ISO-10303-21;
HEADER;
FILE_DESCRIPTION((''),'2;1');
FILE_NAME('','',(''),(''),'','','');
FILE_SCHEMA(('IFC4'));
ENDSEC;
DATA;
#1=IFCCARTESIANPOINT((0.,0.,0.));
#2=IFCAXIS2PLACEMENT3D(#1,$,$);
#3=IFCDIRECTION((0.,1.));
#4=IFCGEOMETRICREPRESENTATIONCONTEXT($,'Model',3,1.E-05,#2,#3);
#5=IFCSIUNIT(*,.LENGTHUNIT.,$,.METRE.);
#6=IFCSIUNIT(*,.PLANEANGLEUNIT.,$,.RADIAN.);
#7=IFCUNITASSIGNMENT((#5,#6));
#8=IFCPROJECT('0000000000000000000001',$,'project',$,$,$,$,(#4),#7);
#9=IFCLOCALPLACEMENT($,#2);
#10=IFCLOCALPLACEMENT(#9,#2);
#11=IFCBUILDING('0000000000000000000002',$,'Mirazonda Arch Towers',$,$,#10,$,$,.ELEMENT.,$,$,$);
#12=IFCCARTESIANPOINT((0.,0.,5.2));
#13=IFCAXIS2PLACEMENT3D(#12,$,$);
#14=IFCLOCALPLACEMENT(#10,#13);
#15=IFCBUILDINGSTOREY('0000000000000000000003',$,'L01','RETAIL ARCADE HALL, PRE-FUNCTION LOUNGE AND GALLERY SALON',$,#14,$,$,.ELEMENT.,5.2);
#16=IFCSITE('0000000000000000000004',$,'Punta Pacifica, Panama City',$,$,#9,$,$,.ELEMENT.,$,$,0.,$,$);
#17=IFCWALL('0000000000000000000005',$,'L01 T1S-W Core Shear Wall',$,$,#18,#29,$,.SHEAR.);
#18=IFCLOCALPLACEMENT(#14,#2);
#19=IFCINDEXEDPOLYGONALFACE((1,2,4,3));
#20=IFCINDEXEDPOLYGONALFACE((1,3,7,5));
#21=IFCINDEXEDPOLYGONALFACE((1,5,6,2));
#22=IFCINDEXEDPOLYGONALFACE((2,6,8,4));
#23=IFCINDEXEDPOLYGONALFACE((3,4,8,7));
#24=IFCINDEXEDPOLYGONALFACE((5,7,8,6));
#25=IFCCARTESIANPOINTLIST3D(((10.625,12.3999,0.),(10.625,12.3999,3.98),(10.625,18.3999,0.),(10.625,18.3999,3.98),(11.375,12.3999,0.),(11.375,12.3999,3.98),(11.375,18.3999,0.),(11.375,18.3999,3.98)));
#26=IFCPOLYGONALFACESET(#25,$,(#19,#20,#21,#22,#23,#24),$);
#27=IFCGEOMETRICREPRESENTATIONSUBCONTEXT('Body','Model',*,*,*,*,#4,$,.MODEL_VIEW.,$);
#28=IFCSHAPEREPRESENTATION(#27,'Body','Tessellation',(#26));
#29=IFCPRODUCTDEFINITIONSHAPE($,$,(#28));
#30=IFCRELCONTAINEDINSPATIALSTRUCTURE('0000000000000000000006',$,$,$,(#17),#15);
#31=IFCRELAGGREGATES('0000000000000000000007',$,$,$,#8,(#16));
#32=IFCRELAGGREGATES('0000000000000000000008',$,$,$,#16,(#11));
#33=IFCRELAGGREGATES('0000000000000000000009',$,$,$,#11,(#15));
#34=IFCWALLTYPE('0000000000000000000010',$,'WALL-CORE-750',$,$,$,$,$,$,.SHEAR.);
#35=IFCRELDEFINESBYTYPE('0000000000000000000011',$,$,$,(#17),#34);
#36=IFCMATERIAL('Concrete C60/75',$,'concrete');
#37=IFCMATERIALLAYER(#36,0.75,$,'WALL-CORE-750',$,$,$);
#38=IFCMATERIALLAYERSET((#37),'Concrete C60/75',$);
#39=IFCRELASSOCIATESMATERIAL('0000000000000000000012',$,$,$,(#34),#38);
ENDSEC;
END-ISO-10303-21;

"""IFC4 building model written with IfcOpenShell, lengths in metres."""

from ifc_helpers import new_model, si_unit, direction, frame, frame_2d, origin, place, context, subcontext, project, spatial, rectangle, extrude, material, layer, layer_set, type_object, element, save


model = new_model("IFC4")

# Units and contexts
model_context = context("Model", 3, precision=1e-05, world=origin(), true_north=direction((0.0, 1.0)))
body_context = subcontext(model_context, "Body", "Model", "MODEL_VIEW")
ifc_project = project(units=[si_unit("LENGTHUNIT", "METRE"), si_unit("PLANEANGLEUNIT", "RADIAN")], contexts=[model_context])

# Site, building, storey
site_placement = place(None, origin())
site = spatial("IfcSite", under=ifc_project, at=site_placement, Name="Punta Pacifica, Panama City", CompositionType="ELEMENT", RefElevation=0.0)
building_placement = place(site_placement, origin())
building = spatial("IfcBuilding", under=site, at=building_placement, Name="Mirazonda Arch Towers", CompositionType="ELEMENT")
storey_placement = place(building_placement, frame((0.0, 0.0, 5.2)))
storey = spatial("IfcBuildingStorey", under=building, at=storey_placement, Name="L01", Description="RETAIL ARCADE HALL, PRE-FUNCTION LOUNGE AND GALLERY SALON", CompositionType="ELEMENT", Elevation=5.2)

# Shared definitions
ifc_material_1 = material(Name="Concrete C60/75", Category="concrete")

# Wall
ifc_layer_1 = layer(ifc_material_1, 0.75, Name="WALL-CORE-750")
ifc_layer_set_1 = layer_set([ifc_layer_1], Name="Concrete C60/75")
wall_type_1 = type_object("IfcWallType", Name="WALL-CORE-750", PredefinedType="SHEAR", material=ifc_layer_set_1)
wall_1_placement = place(storey_placement, frame((11.0, 12.3999, 0.0), z_axis=(0.0, 0.0, 1.0), x_axis=(0.0, 1.0, 0.0)))
element("IfcWall", 1, at=wall_1_placement, inside=storey, type_object=wall_type_1, Name="L01 T1S-W Core Shear Wall", PredefinedType="SHEAR", context=body_context, shape_type="SweptSolid", body=[
    extrude(rectangle(XDim=6.0, YDim=0.75, at=frame_2d((3.0, 0.0))), origin(), (0.0, 0.0, 1.0), 3.98),
])

save(model, "model.ifc")
